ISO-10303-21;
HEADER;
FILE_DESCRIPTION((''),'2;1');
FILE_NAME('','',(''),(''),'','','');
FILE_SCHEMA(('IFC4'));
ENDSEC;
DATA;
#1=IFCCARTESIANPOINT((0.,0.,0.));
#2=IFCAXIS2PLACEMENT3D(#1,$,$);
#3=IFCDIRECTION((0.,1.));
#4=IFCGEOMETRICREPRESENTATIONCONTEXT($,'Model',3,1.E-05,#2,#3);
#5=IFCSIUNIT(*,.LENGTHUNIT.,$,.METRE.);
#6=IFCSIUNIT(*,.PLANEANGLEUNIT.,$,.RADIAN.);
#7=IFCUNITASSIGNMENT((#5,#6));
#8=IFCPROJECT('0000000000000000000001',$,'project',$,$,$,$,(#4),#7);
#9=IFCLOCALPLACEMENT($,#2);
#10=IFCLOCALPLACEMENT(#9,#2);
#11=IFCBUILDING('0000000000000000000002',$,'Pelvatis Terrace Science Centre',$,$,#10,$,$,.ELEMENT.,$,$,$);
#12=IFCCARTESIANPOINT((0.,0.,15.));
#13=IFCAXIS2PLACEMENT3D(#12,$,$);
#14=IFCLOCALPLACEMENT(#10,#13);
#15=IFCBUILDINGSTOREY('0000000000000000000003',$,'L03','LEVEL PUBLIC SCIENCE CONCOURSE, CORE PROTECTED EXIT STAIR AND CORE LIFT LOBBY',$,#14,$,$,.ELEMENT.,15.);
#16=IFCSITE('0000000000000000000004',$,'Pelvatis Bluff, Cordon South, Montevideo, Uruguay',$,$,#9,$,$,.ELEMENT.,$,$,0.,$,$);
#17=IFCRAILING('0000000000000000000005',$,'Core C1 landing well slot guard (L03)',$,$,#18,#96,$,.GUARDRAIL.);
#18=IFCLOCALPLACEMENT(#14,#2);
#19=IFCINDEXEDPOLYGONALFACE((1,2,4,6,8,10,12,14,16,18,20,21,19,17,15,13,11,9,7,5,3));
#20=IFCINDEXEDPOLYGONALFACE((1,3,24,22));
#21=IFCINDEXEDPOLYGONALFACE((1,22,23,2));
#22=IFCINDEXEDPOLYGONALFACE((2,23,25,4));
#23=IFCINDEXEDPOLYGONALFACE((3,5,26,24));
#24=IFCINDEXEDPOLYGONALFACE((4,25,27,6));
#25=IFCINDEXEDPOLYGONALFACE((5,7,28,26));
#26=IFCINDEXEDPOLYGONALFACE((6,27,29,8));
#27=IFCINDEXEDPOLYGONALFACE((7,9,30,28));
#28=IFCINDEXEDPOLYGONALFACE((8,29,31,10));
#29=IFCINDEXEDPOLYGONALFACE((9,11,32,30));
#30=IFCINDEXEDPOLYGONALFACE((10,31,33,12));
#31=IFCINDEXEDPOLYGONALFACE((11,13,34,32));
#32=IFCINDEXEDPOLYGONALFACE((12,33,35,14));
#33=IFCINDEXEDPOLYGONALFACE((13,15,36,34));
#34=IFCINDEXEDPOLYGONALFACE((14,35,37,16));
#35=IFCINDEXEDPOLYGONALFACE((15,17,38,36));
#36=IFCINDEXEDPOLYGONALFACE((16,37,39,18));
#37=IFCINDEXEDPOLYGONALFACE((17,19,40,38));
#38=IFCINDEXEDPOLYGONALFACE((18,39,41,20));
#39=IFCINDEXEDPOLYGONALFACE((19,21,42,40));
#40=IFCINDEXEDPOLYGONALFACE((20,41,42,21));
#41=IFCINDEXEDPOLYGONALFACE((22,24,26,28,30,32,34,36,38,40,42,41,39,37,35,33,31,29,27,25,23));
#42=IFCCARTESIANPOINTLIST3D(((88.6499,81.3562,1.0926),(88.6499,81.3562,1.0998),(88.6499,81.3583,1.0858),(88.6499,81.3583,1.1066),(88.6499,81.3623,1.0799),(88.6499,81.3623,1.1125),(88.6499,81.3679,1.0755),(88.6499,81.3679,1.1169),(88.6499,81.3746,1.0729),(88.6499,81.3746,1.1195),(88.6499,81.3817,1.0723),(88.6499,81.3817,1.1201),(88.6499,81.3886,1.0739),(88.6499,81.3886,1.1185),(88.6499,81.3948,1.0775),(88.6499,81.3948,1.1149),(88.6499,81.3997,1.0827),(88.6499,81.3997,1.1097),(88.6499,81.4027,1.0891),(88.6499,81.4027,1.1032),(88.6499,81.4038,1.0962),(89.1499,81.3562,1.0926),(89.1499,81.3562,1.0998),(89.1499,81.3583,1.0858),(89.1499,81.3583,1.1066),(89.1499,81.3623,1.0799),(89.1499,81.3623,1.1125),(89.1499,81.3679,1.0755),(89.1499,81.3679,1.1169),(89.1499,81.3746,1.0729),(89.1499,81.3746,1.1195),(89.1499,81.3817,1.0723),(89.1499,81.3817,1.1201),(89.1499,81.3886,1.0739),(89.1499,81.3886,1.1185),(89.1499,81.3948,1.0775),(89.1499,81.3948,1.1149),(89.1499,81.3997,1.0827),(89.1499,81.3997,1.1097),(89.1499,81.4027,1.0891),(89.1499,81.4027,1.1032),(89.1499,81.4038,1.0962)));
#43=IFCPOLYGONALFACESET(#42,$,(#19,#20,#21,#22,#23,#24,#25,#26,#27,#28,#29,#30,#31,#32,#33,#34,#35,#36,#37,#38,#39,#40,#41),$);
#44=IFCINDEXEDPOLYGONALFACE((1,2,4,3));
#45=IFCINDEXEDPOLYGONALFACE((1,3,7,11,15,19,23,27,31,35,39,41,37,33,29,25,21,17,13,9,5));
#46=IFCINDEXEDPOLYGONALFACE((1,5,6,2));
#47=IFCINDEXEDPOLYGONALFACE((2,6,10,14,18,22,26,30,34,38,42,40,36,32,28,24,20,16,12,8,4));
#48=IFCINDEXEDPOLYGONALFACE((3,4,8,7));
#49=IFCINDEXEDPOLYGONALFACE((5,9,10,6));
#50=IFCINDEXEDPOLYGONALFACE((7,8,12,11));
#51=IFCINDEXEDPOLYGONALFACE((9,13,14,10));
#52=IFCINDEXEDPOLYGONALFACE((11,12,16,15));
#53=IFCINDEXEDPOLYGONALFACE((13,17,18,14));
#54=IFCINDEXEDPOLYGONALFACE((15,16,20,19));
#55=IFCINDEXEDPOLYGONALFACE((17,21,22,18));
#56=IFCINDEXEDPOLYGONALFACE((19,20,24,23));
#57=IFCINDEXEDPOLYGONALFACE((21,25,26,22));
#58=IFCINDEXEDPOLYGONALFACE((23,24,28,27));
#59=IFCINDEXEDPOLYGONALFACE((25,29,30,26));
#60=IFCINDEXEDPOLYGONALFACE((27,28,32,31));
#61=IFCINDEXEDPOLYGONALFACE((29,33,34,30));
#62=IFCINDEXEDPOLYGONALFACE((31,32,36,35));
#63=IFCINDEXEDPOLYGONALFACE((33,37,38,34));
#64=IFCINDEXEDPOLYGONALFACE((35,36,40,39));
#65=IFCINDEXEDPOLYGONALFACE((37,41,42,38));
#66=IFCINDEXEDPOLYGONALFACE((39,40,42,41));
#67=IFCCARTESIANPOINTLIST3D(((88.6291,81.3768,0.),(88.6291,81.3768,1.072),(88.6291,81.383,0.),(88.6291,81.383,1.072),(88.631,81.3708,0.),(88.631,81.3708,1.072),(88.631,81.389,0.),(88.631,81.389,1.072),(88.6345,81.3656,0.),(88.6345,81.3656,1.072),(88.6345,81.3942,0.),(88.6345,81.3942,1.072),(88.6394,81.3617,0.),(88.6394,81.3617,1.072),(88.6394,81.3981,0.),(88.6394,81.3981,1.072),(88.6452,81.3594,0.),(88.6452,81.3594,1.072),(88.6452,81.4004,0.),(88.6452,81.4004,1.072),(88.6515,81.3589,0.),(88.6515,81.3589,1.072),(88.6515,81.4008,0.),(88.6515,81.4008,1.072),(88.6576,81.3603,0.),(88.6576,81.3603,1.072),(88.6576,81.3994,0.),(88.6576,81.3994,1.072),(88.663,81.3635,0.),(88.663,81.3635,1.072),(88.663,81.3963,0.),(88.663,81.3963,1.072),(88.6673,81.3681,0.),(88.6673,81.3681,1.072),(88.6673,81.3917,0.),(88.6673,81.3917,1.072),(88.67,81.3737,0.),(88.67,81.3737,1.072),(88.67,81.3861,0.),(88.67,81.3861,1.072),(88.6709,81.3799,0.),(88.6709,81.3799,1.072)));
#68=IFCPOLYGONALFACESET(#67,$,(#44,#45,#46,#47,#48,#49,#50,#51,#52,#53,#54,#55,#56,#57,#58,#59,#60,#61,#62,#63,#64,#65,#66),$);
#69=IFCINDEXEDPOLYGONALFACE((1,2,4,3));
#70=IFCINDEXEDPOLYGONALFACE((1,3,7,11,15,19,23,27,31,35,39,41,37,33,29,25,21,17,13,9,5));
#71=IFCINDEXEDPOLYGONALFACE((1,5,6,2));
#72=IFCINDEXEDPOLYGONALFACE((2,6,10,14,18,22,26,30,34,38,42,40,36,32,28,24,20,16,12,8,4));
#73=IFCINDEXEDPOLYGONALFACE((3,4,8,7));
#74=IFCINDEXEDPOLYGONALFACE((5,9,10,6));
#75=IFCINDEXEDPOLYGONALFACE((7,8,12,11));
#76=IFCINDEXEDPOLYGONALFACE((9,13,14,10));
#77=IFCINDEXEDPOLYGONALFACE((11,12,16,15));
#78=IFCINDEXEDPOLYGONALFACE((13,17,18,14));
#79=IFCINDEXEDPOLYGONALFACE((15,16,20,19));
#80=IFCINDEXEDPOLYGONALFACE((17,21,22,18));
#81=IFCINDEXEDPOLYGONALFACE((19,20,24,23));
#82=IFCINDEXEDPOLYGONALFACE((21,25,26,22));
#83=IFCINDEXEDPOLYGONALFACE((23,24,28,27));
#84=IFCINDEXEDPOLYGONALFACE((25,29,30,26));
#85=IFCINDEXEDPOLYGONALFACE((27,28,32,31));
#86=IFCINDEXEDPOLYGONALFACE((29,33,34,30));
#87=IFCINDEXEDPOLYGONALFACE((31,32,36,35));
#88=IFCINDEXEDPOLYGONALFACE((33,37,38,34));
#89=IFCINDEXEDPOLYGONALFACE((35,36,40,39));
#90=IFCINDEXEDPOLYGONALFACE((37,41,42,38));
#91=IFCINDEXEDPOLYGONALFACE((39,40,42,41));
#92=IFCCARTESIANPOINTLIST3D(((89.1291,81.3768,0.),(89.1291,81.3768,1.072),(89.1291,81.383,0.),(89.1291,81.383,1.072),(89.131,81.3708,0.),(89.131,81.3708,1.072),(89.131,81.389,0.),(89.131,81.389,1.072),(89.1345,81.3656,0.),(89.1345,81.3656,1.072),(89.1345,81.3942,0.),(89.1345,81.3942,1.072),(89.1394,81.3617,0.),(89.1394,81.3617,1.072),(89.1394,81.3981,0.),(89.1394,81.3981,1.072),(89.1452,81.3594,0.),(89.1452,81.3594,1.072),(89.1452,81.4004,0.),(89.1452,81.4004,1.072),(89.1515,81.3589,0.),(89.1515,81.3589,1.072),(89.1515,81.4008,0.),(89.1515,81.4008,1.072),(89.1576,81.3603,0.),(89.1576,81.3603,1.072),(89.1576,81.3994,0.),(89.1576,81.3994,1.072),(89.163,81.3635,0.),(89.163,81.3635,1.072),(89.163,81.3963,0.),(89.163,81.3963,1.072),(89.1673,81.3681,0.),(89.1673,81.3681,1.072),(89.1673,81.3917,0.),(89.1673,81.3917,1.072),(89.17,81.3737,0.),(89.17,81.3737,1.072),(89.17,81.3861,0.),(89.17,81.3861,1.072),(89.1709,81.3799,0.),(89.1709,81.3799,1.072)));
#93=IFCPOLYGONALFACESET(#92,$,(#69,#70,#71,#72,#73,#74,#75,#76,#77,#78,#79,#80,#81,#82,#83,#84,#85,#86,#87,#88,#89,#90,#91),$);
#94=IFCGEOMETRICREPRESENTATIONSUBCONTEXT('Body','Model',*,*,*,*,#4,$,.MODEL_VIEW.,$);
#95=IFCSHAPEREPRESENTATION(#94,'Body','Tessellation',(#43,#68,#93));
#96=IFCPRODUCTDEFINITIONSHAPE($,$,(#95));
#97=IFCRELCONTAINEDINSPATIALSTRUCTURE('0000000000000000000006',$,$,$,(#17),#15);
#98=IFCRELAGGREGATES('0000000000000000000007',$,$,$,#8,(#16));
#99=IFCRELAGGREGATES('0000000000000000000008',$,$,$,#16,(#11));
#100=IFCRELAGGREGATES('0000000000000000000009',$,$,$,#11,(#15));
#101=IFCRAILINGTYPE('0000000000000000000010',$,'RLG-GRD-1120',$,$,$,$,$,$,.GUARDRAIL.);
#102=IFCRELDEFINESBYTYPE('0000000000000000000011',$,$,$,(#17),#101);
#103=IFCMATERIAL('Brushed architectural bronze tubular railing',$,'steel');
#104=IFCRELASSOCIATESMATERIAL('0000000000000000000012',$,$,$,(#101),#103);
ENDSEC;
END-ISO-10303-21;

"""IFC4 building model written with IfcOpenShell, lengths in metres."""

from ifc_helpers import new_model, si_unit, direction, frame, origin, origin_2d, place, context, subcontext, project, spatial, circle, extrude, material, type_object, element, save


model = new_model("IFC4")

# Units and contexts
model_context = context("Model", 3, precision=1e-05, world=origin(), true_north=direction((0.0, 1.0)))
body_context = subcontext(model_context, "Body", "Model", "MODEL_VIEW")
ifc_project = project(units=[si_unit("LENGTHUNIT", "METRE"), si_unit("PLANEANGLEUNIT", "RADIAN")], contexts=[model_context])

# Site, building, storey
site_placement = place(None, origin())
site = spatial("IfcSite", under=ifc_project, at=site_placement, Name="Pelvatis Bluff, Cordon South, Montevideo, Uruguay", CompositionType="ELEMENT", RefElevation=0.0)
building_placement = place(site_placement, origin())
building = spatial("IfcBuilding", under=site, at=building_placement, Name="Pelvatis Terrace Science Centre", CompositionType="ELEMENT")
storey_placement = place(building_placement, frame((0.0, 0.0, 15.0)))
storey = spatial("IfcBuildingStorey", under=building, at=storey_placement, Name="L03", Description="LEVEL PUBLIC SCIENCE CONCOURSE, CORE PROTECTED EXIT STAIR AND CORE LIFT LOBBY", CompositionType="ELEMENT", Elevation=15.0)

# Railing
ifc_material_1 = material(Name="Brushed architectural bronze tubular railing", Category="steel")
railing_type_1 = type_object("IfcRailingType", Name="RLG-GRD-1120", PredefinedType="GUARDRAIL", material=ifc_material_1)
railing_1_placement = place(storey_placement, frame((88.6499, 81.3799, 0.0)))
element("IfcRailing", 1, at=railing_1_placement, inside=storey, type_object=railing_type_1, Name="Core C1 landing well slot guard (L03)", PredefinedType="GUARDRAIL", context=body_context, shape_type="SweptSolid", body=[
    extrude(circle(Radius=0.0239, at=origin_2d()), frame((0.0, 0.0, 1.0962), z_axis=(1.0, 0.0, 0.0), x_axis=(0.0, 1.0, 0.0)), (0.0, 0.0, 1.0), 0.5),
    extrude(circle(Radius=0.021, at=origin_2d()), origin(), (0.0, 0.0, 1.0), 1.072),
    extrude(circle(Radius=0.021, at=origin_2d()), frame((0.5, 0.0, 0.0)), (0.0, 0.0, 1.0), 1.072),
])

save(model, "model.ifc")
